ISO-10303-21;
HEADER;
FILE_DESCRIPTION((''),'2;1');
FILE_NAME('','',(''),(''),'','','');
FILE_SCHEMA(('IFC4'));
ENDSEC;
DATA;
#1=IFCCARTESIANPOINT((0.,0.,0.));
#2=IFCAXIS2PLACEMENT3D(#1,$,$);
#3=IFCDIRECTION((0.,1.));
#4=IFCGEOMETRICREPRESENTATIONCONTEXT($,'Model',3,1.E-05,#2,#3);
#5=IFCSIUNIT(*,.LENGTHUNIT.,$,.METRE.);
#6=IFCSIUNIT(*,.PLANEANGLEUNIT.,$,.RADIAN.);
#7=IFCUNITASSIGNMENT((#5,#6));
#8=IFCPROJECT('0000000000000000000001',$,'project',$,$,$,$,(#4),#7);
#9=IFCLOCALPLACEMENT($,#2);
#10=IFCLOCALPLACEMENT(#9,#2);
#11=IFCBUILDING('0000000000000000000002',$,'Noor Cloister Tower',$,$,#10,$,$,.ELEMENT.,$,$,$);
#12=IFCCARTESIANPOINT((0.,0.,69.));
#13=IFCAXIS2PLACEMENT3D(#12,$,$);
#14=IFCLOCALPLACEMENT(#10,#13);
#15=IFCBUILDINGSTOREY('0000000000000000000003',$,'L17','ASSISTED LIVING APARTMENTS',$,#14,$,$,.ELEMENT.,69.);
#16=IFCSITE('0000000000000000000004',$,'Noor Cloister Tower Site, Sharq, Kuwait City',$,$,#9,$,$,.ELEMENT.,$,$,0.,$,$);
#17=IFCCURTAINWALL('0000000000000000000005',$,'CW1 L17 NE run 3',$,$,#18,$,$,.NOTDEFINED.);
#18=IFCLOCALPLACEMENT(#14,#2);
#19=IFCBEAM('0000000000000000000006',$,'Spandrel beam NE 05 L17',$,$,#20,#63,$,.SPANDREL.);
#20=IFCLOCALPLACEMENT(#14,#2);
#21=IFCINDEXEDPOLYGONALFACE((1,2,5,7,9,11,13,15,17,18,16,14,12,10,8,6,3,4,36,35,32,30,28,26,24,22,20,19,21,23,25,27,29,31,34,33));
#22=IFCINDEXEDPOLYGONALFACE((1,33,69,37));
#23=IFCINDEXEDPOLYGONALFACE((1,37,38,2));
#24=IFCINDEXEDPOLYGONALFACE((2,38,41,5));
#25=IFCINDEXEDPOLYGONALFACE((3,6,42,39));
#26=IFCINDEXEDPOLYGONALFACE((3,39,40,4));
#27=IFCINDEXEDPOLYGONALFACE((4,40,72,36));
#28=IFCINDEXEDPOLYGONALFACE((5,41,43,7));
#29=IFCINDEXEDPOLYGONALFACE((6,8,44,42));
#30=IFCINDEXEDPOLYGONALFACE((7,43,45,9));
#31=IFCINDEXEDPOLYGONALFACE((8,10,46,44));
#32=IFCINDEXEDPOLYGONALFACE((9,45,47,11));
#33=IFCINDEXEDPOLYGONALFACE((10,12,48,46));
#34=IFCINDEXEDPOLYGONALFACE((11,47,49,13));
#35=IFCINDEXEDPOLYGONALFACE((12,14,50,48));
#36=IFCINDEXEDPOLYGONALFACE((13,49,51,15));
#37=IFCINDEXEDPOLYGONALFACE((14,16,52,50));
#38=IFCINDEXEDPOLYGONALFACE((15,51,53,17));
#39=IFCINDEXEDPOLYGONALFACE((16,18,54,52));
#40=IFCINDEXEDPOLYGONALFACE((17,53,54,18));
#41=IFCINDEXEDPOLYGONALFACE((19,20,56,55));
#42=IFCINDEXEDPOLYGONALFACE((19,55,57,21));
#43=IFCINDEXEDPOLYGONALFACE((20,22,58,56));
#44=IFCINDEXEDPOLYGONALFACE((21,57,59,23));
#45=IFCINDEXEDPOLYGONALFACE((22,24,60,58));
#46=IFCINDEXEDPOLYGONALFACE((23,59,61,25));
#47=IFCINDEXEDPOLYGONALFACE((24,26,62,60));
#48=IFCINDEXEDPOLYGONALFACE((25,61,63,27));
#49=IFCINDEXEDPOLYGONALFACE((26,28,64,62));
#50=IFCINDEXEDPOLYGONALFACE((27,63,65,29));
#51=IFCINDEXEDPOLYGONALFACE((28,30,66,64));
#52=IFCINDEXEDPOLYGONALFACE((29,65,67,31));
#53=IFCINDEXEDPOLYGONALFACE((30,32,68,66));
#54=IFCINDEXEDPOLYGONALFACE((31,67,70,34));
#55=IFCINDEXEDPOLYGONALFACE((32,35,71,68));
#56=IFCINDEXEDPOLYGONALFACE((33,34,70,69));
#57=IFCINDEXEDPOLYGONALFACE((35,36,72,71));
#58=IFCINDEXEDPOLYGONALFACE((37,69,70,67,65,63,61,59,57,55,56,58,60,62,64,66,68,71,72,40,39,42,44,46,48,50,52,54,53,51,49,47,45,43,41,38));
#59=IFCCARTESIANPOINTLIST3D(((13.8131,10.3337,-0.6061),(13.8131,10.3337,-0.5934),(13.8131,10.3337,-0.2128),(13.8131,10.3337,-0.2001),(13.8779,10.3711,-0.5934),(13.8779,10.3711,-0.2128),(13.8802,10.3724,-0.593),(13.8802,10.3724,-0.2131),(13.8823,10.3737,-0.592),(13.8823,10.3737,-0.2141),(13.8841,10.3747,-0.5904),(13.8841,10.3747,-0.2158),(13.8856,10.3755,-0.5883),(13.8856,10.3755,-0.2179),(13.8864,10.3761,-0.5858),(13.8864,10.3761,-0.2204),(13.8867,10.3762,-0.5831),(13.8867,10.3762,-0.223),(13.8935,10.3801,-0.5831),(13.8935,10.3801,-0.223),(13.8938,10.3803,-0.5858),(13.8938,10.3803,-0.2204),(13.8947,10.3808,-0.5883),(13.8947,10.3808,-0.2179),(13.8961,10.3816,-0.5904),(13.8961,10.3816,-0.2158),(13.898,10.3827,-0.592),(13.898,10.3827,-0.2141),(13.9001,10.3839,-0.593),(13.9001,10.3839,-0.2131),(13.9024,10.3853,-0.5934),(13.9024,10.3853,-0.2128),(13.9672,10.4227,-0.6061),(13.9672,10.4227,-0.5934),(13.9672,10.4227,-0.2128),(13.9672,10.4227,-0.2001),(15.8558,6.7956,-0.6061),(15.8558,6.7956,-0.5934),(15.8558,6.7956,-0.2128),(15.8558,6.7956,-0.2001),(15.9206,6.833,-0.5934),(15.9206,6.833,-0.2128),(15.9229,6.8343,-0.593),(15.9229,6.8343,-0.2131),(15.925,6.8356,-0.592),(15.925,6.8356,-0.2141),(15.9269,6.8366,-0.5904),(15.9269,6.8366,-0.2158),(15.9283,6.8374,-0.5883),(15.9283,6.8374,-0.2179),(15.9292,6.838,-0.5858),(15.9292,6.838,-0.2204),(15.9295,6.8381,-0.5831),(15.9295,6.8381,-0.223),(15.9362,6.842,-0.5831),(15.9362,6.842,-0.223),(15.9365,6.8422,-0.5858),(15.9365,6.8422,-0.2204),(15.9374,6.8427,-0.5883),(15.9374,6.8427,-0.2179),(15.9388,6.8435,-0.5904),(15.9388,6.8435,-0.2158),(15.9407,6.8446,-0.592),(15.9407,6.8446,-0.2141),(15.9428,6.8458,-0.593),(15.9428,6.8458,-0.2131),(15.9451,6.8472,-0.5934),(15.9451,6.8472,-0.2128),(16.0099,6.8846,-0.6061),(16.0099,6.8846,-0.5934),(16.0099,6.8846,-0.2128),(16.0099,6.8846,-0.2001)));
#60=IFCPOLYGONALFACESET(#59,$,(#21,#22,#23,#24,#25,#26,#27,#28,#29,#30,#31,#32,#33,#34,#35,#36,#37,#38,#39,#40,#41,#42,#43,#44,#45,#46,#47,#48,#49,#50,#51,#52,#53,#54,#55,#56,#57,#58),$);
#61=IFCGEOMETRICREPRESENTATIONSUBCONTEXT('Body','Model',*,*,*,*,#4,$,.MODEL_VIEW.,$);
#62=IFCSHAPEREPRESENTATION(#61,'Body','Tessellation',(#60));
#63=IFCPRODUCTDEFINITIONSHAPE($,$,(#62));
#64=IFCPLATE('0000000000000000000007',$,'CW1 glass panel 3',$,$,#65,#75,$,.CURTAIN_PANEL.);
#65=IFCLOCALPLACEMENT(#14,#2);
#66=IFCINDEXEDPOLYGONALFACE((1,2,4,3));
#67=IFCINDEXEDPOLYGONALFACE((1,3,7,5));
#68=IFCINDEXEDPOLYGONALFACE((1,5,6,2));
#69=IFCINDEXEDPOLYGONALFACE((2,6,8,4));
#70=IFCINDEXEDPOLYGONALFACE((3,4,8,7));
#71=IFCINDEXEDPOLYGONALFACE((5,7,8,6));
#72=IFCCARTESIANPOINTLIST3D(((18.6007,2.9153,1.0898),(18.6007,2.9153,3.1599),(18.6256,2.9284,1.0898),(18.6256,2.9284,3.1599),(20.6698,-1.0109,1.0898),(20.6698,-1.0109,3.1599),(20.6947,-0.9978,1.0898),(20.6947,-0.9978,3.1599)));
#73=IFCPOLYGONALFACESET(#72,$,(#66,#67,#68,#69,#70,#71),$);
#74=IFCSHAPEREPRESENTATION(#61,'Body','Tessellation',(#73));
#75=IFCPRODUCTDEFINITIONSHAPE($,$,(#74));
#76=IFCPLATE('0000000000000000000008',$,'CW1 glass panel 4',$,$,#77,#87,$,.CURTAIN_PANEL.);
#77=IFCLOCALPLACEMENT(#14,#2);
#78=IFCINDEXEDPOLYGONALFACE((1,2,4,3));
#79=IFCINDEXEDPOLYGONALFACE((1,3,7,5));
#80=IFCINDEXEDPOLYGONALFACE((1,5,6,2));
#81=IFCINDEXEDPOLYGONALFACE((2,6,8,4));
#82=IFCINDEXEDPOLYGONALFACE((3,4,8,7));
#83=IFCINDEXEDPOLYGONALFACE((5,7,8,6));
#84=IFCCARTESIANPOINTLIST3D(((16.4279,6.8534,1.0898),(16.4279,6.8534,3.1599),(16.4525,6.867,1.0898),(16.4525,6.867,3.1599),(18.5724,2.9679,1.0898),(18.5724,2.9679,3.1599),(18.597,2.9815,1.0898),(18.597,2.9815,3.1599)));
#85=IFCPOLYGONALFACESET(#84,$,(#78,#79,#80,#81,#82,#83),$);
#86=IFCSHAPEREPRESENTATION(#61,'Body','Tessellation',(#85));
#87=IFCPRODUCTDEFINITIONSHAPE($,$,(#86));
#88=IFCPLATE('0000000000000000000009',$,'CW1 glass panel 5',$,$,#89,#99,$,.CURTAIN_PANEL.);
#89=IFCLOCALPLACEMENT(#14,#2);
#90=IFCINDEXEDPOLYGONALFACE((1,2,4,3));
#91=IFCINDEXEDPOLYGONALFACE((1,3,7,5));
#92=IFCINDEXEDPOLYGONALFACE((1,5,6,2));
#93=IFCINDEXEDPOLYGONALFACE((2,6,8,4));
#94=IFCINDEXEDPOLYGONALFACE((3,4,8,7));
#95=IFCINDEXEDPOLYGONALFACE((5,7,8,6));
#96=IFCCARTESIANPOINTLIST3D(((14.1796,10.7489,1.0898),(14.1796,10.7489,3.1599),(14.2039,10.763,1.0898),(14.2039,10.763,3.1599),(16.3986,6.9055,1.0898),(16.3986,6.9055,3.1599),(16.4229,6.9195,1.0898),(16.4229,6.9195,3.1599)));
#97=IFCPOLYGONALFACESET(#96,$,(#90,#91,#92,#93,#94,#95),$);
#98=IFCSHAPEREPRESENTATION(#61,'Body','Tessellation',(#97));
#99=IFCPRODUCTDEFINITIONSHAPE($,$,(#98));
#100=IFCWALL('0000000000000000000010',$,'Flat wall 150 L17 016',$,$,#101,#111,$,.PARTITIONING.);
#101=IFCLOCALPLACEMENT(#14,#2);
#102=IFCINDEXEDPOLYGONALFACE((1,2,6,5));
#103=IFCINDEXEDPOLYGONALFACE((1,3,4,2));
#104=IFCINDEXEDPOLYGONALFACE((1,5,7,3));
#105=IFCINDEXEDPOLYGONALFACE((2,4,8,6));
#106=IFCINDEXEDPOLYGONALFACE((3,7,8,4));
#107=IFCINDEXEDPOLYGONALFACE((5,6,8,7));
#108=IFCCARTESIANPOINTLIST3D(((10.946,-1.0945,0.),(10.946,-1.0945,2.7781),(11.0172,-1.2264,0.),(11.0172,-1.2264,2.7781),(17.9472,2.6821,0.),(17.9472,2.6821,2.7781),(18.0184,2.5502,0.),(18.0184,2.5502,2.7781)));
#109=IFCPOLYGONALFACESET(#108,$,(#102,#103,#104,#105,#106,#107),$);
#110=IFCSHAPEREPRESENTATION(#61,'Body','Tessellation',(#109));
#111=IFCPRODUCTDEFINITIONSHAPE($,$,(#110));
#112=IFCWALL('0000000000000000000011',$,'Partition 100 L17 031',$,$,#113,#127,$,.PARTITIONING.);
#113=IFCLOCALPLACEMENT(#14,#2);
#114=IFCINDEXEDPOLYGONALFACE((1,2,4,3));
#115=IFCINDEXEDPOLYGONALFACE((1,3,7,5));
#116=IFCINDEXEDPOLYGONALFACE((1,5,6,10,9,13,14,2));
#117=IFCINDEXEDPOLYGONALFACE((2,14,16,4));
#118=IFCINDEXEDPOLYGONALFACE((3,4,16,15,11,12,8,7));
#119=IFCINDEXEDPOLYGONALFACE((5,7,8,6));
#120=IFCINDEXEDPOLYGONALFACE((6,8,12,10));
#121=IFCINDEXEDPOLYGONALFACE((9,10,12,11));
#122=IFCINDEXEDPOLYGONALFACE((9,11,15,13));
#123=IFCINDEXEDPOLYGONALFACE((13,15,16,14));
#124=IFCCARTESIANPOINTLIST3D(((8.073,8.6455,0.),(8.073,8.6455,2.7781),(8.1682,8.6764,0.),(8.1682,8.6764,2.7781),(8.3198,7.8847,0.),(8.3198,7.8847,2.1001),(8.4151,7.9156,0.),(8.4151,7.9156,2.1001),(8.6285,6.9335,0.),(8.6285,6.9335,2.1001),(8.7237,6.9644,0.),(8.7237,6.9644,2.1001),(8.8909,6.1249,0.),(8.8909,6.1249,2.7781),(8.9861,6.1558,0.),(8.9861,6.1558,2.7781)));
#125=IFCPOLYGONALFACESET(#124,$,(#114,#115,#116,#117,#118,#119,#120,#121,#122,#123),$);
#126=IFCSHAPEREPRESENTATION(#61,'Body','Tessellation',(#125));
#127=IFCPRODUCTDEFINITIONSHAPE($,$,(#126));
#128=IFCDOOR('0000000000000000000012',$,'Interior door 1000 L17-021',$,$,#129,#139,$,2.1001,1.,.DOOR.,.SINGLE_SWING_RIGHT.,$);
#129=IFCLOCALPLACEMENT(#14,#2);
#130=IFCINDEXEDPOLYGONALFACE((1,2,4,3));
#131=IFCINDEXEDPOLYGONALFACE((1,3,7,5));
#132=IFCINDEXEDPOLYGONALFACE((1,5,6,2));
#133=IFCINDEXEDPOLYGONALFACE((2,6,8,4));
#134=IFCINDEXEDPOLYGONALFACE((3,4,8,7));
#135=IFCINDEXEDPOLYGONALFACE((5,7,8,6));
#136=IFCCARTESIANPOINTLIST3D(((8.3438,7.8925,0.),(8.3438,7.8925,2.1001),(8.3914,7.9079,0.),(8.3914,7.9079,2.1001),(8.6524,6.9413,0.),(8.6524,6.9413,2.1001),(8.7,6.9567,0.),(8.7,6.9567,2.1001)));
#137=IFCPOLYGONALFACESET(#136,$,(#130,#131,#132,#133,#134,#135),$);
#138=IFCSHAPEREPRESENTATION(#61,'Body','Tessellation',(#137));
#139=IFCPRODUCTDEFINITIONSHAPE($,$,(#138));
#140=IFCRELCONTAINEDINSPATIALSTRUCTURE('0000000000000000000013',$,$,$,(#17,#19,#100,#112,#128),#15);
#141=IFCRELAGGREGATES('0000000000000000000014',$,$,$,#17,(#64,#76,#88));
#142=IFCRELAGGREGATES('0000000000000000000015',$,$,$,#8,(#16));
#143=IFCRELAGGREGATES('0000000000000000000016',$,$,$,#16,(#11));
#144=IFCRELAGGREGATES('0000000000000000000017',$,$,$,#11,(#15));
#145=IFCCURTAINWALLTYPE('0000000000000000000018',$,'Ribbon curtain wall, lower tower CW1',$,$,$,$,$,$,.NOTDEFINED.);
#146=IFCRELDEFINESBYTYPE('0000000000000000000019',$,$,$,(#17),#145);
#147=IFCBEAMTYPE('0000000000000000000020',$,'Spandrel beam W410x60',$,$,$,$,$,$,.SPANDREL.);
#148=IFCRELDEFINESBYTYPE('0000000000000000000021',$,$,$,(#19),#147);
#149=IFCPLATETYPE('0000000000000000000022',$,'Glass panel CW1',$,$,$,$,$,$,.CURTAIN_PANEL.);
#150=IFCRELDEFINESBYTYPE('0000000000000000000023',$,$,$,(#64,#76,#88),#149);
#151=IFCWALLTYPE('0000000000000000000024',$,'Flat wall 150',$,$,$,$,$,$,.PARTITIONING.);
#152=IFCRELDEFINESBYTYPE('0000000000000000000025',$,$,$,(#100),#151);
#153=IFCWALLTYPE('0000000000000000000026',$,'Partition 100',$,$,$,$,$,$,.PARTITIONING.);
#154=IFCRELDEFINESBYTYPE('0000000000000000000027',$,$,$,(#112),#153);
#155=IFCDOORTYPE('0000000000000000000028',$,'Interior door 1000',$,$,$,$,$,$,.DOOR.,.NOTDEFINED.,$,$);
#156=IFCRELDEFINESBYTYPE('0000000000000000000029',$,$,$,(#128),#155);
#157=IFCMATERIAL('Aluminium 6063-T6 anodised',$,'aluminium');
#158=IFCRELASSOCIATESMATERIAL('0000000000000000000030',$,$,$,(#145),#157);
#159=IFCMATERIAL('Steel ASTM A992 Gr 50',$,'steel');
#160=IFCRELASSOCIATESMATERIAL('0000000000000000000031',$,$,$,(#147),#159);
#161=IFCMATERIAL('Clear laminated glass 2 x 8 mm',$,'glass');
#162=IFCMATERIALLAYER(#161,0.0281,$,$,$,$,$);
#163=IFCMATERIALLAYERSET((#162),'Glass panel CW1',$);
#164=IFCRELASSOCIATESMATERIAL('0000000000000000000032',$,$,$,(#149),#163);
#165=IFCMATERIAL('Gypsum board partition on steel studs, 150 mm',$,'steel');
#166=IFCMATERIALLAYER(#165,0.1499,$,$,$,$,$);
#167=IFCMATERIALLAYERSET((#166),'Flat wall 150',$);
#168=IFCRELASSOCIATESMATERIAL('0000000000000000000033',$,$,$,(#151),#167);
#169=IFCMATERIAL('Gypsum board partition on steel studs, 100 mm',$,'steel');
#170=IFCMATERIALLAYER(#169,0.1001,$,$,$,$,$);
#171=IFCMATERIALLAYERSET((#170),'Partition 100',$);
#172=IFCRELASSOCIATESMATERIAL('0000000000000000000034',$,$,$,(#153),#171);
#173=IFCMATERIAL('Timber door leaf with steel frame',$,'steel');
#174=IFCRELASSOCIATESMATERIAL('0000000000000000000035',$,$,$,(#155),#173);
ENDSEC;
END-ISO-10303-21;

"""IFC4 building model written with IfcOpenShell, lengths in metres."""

from ifc_helpers import new_model, si_unit, direction, frame, frame_2d, origin, origin_2d, place, context, subcontext, project, spatial, rectangle, i_section, extrude, material, layer, layer_set, material_profile, profile_set, type_object, element, fill, aggregate, save


model = new_model("IFC4")

# Units and contexts
model_context = context("Model", 3, precision=1e-05, world=origin(), true_north=direction((0.0, 1.0)))
body_context = subcontext(model_context, "Body", "Model", "MODEL_VIEW")
ifc_project = project(units=[si_unit("LENGTHUNIT", "METRE"), si_unit("PLANEANGLEUNIT", "RADIAN")], contexts=[model_context])

# Site, building, storey
site_placement = place(None, origin())
site = spatial("IfcSite", under=ifc_project, at=site_placement, Name="Noor Cloister Tower Site, Sharq, Kuwait City", CompositionType="ELEMENT", RefElevation=0.0)
building_placement = place(site_placement, origin())
building = spatial("IfcBuilding", under=site, at=building_placement, Name="Noor Cloister Tower", CompositionType="ELEMENT")
storey_placement = place(building_placement, frame((0.0, 0.0, 69.0)))
storey = spatial("IfcBuildingStorey", under=building, at=storey_placement, Name="L17", Description="ASSISTED LIVING APARTMENTS", CompositionType="ELEMENT", Elevation=69.0)

# Curtain wall
ifc_material_1 = material(Name="Aluminium 6063-T6 anodised", Category="aluminium")
curtain_wall_type = type_object("IfcCurtainWallType", Name="Ribbon curtain wall, lower tower CW1", PredefinedType="NOTDEFINED", material=ifc_material_1)
curtain_wall_placement = place(storey_placement, origin())
curtain_wall = element("IfcCurtainWall", 1, at=curtain_wall_placement, inside=storey, type_object=curtain_wall_type, Name="CW1 L17 NE run 3", PredefinedType="NOTDEFINED")

# Beam
ifc_material_2 = material(Name="Steel ASTM A992 Gr 50", Category="steel")
ifc_material_profile_1 = material_profile(ifc_material_2, i_section(OverallWidth=0.178, OverallDepth=0.406, WebThickness=0.0078, FlangeThickness=0.0127, FilletRadius=0.0103, at=origin_2d()), Name="W410x60")
ifc_profile_set_1 = profile_set([ifc_material_profile_1], Name="Steel ASTM A992 Gr 50")
beam_type_1 = type_object("IfcBeamType", Name="Spandrel beam W410x60", PredefinedType="SPANDREL", material=ifc_profile_set_1)
beam_1_placement = place(storey_placement, frame((15.9329, 6.8401, -0.4031), z_axis=(-0.500002, 0.866024, 0.0), x_axis=(-0.866024, -0.500002, 0.0)))
element("IfcBeam", 2, at=beam_1_placement, inside=storey, type_object=beam_type_1, Name="Spandrel beam NE 05 L17", PredefinedType="SPANDREL", context=body_context, shape_type="SweptSolid", body=[
    extrude(i_section(OverallWidth=0.178, OverallDepth=0.406, WebThickness=0.0078, FlangeThickness=0.0127, FilletRadius=0.0103, at=origin_2d()), origin(), (0.0, 0.0, 1.0), 4.0854),
])

# Plates
ifc_material_3 = material(Name="Clear laminated glass 2 x 8 mm", Category="glass")
ifc_layer_1 = layer(ifc_material_3, 0.0281)
ifc_layer_set_1 = layer_set([ifc_layer_1], Name="Glass panel CW1")
plate_type = type_object("IfcPlateType", Name="Glass panel CW1", PredefinedType="CURTAIN_PANEL", material=ifc_layer_set_1)
plate_1_placement = place(storey_placement, frame((19.6477, 0.9587, 1.0898), z_axis=(0.0, 0.0, 1.0), x_axis=(-0.466221, 0.884668, 0.0)))
plate_1 = element("IfcPlate", 3, at=plate_1_placement, type_object=plate_type, Name="CW1 glass panel 3", PredefinedType="CURTAIN_PANEL", context=body_context, shape_type="SweptSolid", body=[
    extrude(rectangle(XDim=4.438, YDim=0.0281, at=origin_2d()), origin(), (0.0, 0.0, 1.0), 2.0701),
])
plate_2_placement = place(storey_placement, frame((17.5125, 4.9175, 1.0898), z_axis=(0.0, 0.0, 1.0), x_axis=(-0.4832, 0.87551, 0.0)))
plate_2 = element("IfcPlate", 4, at=plate_2_placement, type_object=plate_type, Name="CW1 glass panel 4", PredefinedType="CURTAIN_PANEL", context=body_context, shape_type="SweptSolid", body=[
    extrude(rectangle(XDim=4.438, YDim=0.0281, at=origin_2d()), origin(), (0.0, 0.0, 1.0), 2.0701),
])
plate_3_placement = place(storey_placement, frame((15.3013, 8.8342, 1.0898), z_axis=(0.0, 0.0, 1.0), x_axis=(-0.5, 0.866025, 0.0)))
plate_3 = element("IfcPlate", 5, at=plate_3_placement, type_object=plate_type, Name="CW1 glass panel 5", PredefinedType="CURTAIN_PANEL", context=body_context, shape_type="SweptSolid", body=[
    extrude(rectangle(XDim=4.438, YDim=0.0281, at=origin_2d()), origin(), (0.0, 0.0, 1.0), 2.0701),
])
aggregate(curtain_wall, [plate_1, plate_2, plate_3])

# Wall
ifc_material_4 = material(Name="Gypsum board partition on steel studs, 150 mm", Category="steel")
ifc_layer_2 = layer(ifc_material_4, 0.1499)
ifc_layer_set_2 = layer_set([ifc_layer_2], Name="Flat wall 150")
wall_type_1 = type_object("IfcWallType", Name="Flat wall 150", PredefinedType="PARTITIONING", material=ifc_layer_set_2)
wall_1_placement = place(storey_placement, frame((17.9829, 2.6162, 0.0), z_axis=(0.0, 0.0, 1.0), x_axis=(-0.880118, -0.474755, 0.0)))
element("IfcWall", 6, at=wall_1_placement, inside=storey, type_object=wall_type_1, Name="Flat wall 150 L17 016", PredefinedType="PARTITIONING", context=body_context, shape_type="SweptSolid", body=[
    extrude(rectangle(XDim=7.9548, YDim=0.1499, at=frame_2d((3.9775, 0.0))), origin(), (0.0, 0.0, 1.0), 2.7781),
])

# Wall, opening, door
ifc_material_5 = material(Name="Gypsum board partition on steel studs, 100 mm", Category="steel")
ifc_layer_3 = layer(ifc_material_5, 0.1001)
ifc_layer_set_3 = layer_set([ifc_layer_3], Name="Partition 100")
wall_type_2 = type_object("IfcWallType", Name="Partition 100", PredefinedType="PARTITIONING", material=ifc_layer_set_3)
wall_2_placement = place(storey_placement, frame((8.9385, 6.1404, 0.0), z_axis=(0.0, 0.0, 1.0), x_axis=(-0.308644, 0.951178, 0.0)))
wall_2 = element("IfcWall", 7, at=wall_2_placement, inside=storey, type_object=wall_type_2, Name="Partition 100 L17 031", PredefinedType="PARTITIONING", context=body_context, shape_type="SweptSolid", body=[
    extrude(rectangle(XDim=2.6499, YDim=0.1001, at=frame_2d((1.325, 0.0))), origin(), (0.0, 0.0, 1.0), 2.7781),
])
opening_placement = place(wall_2_placement, frame((0.8501, 0.0, 0.0)))
opening = element("IfcOpeningElement", 8, at=opening_placement, cuts=wall_2, PredefinedType="OPENING", context=body_context, shape_type="SweptSolid", body=[
    extrude(rectangle(XDim=1.0, YDim=2.1001, at=frame_2d((0.5, 1.05))), frame((0.0, 0.0601, 0.0), z_axis=(0.0, -1.0, 0.0), x_axis=(1.0, 0.0, 0.0)), (0.0, 0.0, 1.0), 0.1201),
])
ifc_material_6 = material(Name="Timber door leaf with steel frame", Category="steel")
door_type = type_object("IfcDoorType", Name="Interior door 1000", OperationType="NOTDEFINED", PredefinedType="DOOR", material=ifc_material_6)
door_placement = place(opening_placement, origin())
door = element("IfcDoor", 9, at=door_placement, inside=storey, type_object=door_type, Name="Interior door 1000 L17-021", OperationType="SINGLE_SWING_RIGHT", OverallHeight=2.1001, OverallWidth=1.0, PredefinedType="DOOR", context=body_context, shape_type="SweptSolid", body=[
    extrude(rectangle(XDim=1.0, YDim=2.1001, at=frame_2d((0.5, 1.05))), frame((0.0, 0.0249, 0.0), z_axis=(0.0, -1.0, 0.0), x_axis=(1.0, 0.0, 0.0)), (0.0, 0.0, 1.0), 0.05),
])
fill(opening, door)

save(model, "model.ifc")
